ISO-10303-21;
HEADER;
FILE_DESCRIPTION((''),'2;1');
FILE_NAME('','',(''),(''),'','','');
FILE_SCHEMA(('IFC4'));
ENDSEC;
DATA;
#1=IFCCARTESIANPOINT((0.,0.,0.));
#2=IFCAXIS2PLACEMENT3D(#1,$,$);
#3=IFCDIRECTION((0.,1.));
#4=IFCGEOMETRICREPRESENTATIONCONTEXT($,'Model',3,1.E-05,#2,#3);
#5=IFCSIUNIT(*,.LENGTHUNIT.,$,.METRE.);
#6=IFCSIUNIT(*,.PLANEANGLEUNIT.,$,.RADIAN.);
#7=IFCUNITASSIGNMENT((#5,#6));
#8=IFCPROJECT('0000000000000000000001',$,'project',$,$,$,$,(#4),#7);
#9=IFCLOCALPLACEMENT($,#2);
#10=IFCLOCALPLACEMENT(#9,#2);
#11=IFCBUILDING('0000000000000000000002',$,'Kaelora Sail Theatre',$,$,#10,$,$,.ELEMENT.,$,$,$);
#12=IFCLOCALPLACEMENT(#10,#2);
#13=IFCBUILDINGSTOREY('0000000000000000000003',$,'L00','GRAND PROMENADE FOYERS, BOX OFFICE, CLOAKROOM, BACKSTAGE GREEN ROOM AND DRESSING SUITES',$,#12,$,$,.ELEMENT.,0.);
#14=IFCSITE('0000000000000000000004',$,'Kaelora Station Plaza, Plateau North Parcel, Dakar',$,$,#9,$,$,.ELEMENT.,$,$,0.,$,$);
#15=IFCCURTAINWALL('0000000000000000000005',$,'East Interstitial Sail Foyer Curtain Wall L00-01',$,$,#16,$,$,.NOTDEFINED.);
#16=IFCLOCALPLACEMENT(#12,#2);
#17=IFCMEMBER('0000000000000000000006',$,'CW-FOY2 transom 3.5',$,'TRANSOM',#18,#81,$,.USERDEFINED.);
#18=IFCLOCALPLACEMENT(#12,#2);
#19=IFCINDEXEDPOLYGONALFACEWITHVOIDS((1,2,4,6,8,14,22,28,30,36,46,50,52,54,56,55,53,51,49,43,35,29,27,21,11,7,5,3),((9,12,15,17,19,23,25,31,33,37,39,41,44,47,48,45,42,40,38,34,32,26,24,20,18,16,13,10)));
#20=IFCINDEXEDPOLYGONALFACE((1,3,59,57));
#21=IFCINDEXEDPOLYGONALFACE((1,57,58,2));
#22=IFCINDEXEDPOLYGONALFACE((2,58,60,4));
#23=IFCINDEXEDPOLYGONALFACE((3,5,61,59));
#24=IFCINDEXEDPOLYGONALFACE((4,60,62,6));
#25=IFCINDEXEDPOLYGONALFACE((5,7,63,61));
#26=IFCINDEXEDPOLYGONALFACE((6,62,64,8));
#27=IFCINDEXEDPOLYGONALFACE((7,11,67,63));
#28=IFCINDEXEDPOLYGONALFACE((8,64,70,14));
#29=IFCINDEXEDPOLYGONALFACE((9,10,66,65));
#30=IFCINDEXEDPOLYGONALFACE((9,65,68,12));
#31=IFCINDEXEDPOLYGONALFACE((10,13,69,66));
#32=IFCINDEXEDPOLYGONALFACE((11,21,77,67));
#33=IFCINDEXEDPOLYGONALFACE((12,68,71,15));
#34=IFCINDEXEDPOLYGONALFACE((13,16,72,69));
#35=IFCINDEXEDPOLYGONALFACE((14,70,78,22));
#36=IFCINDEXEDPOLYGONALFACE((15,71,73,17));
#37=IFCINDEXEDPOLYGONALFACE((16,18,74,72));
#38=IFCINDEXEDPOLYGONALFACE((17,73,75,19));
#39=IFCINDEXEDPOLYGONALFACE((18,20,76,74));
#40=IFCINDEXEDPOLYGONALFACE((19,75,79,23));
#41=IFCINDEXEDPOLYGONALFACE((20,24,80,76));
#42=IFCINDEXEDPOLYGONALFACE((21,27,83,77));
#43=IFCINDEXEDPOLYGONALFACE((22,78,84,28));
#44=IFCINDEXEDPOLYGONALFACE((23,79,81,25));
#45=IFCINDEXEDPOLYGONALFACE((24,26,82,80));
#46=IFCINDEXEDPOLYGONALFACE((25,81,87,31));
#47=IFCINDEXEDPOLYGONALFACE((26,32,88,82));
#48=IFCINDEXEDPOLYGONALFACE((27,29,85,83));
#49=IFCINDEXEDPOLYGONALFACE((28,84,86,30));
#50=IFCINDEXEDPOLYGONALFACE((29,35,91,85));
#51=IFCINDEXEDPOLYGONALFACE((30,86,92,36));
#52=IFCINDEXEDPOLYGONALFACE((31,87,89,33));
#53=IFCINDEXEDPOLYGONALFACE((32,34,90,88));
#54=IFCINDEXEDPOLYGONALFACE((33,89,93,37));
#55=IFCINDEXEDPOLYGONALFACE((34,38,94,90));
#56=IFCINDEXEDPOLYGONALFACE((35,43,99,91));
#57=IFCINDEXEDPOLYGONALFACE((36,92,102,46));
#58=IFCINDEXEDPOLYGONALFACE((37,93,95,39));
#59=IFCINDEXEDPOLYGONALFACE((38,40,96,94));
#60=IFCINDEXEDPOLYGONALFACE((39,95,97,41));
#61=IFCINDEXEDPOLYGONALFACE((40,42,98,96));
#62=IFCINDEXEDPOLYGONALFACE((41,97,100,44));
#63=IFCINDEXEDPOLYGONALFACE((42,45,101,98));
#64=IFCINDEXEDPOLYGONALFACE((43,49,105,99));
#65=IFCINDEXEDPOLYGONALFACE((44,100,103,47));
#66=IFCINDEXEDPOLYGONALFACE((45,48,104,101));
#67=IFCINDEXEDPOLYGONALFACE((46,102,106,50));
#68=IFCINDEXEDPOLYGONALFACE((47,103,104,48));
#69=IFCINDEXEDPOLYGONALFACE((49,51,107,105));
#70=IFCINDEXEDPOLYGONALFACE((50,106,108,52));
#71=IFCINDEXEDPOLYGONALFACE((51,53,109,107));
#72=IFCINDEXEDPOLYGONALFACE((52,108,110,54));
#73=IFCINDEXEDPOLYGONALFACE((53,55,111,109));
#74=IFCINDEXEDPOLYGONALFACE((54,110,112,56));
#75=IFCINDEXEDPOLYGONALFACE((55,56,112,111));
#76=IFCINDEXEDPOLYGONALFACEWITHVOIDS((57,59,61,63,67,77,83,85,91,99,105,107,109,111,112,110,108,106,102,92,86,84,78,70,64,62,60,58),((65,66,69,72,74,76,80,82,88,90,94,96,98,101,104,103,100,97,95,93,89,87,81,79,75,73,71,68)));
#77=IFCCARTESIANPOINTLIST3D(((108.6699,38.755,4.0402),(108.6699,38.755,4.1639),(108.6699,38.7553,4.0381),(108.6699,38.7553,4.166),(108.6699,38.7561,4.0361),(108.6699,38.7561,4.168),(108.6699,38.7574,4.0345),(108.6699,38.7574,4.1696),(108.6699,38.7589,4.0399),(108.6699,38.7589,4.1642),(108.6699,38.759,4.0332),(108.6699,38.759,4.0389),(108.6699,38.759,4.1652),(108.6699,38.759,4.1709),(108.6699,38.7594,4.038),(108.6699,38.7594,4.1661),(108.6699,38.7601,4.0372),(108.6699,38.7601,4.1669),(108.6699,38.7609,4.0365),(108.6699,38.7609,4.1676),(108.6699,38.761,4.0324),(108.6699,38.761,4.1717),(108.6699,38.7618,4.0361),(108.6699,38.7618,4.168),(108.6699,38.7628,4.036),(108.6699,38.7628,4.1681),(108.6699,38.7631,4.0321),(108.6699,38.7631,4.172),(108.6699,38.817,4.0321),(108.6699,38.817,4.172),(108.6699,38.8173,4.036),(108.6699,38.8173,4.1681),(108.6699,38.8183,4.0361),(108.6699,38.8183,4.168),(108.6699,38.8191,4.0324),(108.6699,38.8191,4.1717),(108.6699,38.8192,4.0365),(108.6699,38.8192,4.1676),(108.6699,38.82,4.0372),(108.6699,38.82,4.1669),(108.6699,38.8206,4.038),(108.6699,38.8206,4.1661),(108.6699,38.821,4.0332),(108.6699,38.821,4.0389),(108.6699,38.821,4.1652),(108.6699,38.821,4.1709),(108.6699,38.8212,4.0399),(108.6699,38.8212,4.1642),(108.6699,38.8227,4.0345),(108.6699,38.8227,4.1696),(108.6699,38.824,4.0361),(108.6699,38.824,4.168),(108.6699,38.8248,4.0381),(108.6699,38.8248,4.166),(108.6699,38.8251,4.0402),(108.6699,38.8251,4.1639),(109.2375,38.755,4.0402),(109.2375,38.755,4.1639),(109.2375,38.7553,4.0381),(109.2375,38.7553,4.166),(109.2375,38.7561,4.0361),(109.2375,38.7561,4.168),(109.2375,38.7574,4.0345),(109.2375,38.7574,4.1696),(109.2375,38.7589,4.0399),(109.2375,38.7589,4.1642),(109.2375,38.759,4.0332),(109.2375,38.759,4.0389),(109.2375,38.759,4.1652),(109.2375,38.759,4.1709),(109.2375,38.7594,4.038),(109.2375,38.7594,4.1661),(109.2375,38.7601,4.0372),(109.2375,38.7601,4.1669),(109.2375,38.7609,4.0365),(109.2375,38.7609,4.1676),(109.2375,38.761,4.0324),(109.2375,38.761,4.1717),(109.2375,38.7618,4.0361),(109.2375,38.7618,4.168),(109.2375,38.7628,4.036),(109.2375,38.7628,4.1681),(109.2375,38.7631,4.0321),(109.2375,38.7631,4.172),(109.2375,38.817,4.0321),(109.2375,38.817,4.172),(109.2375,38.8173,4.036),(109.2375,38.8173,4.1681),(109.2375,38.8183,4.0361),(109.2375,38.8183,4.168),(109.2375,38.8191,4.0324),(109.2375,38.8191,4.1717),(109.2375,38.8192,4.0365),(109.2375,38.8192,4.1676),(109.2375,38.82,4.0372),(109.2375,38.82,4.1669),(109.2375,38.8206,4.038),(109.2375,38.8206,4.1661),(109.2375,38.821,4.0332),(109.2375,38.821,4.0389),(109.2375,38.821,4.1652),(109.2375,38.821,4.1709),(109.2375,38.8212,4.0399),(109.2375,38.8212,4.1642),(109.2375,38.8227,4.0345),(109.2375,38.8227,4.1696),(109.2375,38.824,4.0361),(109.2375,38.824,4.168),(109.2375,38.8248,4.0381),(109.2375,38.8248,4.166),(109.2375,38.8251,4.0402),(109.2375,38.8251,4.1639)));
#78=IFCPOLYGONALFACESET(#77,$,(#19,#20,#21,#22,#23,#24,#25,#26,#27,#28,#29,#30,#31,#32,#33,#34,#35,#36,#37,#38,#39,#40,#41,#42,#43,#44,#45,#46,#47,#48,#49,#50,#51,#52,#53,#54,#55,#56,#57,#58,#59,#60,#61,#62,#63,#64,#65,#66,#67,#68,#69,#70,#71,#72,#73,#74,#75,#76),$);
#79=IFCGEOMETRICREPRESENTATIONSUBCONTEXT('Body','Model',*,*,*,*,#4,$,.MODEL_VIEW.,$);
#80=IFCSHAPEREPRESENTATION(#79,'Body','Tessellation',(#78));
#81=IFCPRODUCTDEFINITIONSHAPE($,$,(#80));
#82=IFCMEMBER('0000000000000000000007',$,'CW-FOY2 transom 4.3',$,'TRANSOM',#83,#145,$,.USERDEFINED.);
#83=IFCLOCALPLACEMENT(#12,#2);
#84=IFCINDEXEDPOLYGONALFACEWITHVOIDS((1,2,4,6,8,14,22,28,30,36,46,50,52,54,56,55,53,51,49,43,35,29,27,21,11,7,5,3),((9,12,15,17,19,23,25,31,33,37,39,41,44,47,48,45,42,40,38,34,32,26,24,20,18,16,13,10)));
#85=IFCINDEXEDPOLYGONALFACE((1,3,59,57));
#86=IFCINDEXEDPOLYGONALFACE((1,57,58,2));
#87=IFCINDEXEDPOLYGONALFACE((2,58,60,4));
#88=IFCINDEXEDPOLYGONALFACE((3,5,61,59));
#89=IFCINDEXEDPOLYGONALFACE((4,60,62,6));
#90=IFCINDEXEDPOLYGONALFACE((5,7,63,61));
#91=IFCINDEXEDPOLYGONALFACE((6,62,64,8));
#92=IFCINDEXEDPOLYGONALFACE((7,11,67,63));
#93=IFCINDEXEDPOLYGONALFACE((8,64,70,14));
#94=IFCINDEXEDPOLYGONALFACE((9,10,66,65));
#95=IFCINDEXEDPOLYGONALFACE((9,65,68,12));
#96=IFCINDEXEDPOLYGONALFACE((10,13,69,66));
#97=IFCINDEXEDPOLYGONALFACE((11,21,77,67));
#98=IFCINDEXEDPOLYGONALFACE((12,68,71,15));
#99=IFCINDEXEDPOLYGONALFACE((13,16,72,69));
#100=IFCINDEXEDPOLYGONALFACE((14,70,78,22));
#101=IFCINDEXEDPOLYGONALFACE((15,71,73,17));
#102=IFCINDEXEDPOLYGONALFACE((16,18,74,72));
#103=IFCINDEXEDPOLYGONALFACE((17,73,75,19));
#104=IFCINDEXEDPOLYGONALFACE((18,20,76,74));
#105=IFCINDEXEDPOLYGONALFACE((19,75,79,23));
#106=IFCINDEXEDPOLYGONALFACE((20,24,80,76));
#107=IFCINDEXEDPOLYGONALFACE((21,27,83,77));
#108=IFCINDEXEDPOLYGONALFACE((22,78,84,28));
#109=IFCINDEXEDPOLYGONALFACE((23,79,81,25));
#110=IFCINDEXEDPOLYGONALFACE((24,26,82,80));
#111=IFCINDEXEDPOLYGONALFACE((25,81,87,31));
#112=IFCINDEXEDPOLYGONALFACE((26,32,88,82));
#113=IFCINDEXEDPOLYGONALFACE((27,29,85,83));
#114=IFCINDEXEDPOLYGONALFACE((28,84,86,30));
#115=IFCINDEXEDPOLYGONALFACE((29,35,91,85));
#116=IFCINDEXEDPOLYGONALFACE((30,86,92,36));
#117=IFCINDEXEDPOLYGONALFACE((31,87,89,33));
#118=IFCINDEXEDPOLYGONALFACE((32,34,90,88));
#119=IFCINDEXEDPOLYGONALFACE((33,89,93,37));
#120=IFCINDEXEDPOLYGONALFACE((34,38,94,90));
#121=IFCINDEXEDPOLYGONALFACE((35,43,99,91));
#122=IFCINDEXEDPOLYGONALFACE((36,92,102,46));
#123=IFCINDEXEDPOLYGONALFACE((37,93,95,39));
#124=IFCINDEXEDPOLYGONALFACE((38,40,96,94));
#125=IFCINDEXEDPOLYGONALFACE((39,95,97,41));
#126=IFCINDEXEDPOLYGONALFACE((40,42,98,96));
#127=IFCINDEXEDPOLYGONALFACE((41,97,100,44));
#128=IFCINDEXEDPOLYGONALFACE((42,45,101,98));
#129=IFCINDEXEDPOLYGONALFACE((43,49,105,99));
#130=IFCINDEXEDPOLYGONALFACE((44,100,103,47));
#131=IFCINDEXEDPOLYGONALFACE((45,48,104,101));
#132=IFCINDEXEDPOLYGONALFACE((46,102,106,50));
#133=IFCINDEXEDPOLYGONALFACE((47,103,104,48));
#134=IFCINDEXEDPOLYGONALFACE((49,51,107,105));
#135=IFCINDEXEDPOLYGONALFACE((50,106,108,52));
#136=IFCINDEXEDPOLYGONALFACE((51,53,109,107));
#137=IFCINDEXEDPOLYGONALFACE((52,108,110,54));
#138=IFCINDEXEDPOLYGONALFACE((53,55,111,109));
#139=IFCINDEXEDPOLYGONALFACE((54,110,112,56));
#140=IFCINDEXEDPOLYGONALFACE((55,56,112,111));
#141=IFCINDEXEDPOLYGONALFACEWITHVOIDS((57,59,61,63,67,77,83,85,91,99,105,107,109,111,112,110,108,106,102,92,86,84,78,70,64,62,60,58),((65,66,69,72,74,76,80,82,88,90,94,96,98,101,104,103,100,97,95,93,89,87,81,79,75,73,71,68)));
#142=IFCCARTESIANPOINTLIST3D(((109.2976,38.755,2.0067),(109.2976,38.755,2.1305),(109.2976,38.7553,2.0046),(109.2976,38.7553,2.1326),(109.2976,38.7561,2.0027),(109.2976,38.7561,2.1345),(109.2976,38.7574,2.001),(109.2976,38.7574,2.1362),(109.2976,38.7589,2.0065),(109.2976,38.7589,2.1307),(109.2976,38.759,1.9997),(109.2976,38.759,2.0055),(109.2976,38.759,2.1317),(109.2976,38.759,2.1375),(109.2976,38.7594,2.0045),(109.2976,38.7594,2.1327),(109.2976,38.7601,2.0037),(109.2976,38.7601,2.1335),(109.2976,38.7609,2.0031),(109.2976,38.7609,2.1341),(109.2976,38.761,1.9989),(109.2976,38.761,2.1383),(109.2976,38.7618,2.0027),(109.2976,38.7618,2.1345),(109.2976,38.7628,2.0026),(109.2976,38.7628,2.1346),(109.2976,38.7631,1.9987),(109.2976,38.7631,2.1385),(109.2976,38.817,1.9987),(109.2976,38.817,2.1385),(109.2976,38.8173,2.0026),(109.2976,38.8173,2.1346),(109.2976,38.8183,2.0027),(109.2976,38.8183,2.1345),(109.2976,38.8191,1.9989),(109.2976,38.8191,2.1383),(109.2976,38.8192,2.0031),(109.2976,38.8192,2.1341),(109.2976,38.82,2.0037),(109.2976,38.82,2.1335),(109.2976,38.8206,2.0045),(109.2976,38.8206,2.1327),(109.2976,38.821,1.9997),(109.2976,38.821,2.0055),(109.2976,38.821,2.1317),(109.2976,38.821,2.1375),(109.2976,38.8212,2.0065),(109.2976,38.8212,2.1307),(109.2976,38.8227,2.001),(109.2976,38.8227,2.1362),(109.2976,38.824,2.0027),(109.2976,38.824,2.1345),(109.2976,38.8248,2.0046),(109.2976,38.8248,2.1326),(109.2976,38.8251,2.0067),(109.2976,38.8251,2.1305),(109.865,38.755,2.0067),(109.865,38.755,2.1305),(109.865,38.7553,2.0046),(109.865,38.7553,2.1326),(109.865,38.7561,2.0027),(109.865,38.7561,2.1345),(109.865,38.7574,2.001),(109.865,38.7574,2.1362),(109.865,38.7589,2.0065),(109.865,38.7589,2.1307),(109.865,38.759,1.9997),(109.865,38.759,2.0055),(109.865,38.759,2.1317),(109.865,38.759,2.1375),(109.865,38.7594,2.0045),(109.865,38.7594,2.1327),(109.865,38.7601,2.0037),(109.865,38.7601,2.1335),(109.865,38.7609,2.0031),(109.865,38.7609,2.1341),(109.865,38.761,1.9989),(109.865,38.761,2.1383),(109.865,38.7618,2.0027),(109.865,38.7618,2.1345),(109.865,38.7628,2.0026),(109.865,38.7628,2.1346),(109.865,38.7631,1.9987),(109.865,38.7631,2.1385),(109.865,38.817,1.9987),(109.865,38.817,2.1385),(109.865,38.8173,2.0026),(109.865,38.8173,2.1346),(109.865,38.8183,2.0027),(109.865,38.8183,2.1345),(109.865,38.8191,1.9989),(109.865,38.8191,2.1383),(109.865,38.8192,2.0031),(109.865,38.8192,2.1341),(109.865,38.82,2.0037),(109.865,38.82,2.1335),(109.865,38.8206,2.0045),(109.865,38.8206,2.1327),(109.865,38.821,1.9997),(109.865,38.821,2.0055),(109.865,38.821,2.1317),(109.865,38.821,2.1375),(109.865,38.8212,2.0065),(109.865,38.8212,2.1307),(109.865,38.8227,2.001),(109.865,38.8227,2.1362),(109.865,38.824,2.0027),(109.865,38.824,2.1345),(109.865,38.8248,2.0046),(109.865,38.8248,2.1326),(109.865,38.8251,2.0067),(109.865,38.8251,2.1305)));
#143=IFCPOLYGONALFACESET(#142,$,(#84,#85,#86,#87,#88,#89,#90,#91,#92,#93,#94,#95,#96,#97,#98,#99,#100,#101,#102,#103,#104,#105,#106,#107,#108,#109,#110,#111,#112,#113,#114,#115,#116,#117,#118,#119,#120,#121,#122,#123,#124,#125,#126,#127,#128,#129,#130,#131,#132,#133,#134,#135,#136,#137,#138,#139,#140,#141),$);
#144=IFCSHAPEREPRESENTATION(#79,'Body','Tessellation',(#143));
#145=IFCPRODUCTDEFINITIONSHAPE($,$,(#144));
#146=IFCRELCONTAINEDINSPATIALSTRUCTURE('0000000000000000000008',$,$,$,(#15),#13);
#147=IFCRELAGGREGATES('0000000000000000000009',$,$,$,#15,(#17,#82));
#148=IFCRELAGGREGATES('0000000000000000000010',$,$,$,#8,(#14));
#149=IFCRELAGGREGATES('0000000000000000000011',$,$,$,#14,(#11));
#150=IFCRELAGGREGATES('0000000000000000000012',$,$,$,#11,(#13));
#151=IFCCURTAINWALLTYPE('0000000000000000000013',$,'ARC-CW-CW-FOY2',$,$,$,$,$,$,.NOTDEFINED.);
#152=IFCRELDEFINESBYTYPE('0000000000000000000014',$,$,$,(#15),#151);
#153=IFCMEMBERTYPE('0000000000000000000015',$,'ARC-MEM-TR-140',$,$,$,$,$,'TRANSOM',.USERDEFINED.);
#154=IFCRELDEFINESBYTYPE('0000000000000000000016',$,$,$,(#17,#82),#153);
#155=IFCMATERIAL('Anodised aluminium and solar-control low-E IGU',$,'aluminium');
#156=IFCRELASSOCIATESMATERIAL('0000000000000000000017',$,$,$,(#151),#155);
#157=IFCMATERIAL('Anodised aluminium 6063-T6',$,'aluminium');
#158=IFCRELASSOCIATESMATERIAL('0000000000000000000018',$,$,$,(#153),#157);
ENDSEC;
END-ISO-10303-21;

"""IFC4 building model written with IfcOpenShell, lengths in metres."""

from ifc_helpers import new_model, si_unit, direction, frame, origin, origin_2d, place, context, subcontext, project, spatial, hollow_rectangle, extrude, material, material_profile, profile_set, type_object, element, aggregate, save


model = new_model("IFC4")

# Units and contexts
model_context = context("Model", 3, precision=1e-05, world=origin(), true_north=direction((0.0, 1.0)))
body_context = subcontext(model_context, "Body", "Model", "MODEL_VIEW")
ifc_project = project(units=[si_unit("LENGTHUNIT", "METRE"), si_unit("PLANEANGLEUNIT", "RADIAN")], contexts=[model_context])

# Site, building, storey
site_placement = place(None, origin())
site = spatial("IfcSite", under=ifc_project, at=site_placement, Name="Kaelora Station Plaza, Plateau North Parcel, Dakar", CompositionType="ELEMENT", RefElevation=0.0)
building_placement = place(site_placement, origin())
building = spatial("IfcBuilding", under=site, at=building_placement, Name="Kaelora Sail Theatre", CompositionType="ELEMENT")
storey_placement = place(building_placement, origin())
storey = spatial("IfcBuildingStorey", under=building, at=storey_placement, Name="L00", Description="GRAND PROMENADE FOYERS, BOX OFFICE, CLOAKROOM, BACKSTAGE GREEN ROOM AND DRESSING SUITES", CompositionType="ELEMENT", Elevation=0.0)

# Curtain wall, members
ifc_material_1 = material(Name="Anodised aluminium and solar-control low-E IGU", Category="aluminium")
curtain_wall_type = type_object("IfcCurtainWallType", Name="ARC-CW-CW-FOY2", PredefinedType="NOTDEFINED", material=ifc_material_1)
curtain_wall_1_placement = place(storey_placement, origin())
curtain_wall_1 = element("IfcCurtainWall", 1, at=curtain_wall_1_placement, inside=storey, type_object=curtain_wall_type, Name="East Interstitial Sail Foyer Curtain Wall L00-01", PredefinedType="NOTDEFINED")
ifc_material_2 = material(Name="Anodised aluminium 6063-T6", Category="aluminium")
ifc_material_profile = material_profile(ifc_material_2, hollow_rectangle(XDim=0.0701, YDim=0.1399, WallThickness=0.0039, InnerFilletRadius=0.0039, OuterFilletRadius=0.0081, at=origin_2d()), Name="ALU-TRAN 70x140x4")
ifc_profile_set = profile_set([ifc_material_profile], Name="Anodised aluminium 6063-T6")
member_type = type_object("IfcMemberType", Name="ARC-MEM-TR-140", ElementType="TRANSOM", PredefinedType="USERDEFINED", material=ifc_profile_set)
member_1_placement = place(storey_placement, frame((108.6699, 38.79, 4.1021), z_axis=(1.0, 0.0, 0.0), x_axis=(0.0, 1.0, 0.0)))
member_1 = element("IfcMember", 2, at=member_1_placement, type_object=member_type, Name="CW-FOY2 transom 3.5", ObjectType="TRANSOM", PredefinedType="USERDEFINED", context=body_context, shape_type="SweptSolid", body=[
    extrude(hollow_rectangle(XDim=0.0701, YDim=0.1399, WallThickness=0.0039, InnerFilletRadius=0.0039, OuterFilletRadius=0.0081, at=origin_2d()), origin(), (0.0, 0.0, 1.0), 0.5676),
])
member_2_placement = place(storey_placement, frame((109.2976, 38.79, 2.0686), z_axis=(1.0, 0.0, 0.0), x_axis=(0.0, 1.0, 0.0)))
member_2 = element("IfcMember", 3, at=member_2_placement, type_object=member_type, Name="CW-FOY2 transom 4.3", ObjectType="TRANSOM", PredefinedType="USERDEFINED", context=body_context, shape_type="SweptSolid", body=[
    extrude(hollow_rectangle(XDim=0.0701, YDim=0.1399, WallThickness=0.0039, InnerFilletRadius=0.0039, OuterFilletRadius=0.0081, at=origin_2d()), origin(), (0.0, 0.0, 1.0), 0.5674),
])

aggregate(curtain_wall_1, [member_1, member_2])

save(model, "model.ifc")
